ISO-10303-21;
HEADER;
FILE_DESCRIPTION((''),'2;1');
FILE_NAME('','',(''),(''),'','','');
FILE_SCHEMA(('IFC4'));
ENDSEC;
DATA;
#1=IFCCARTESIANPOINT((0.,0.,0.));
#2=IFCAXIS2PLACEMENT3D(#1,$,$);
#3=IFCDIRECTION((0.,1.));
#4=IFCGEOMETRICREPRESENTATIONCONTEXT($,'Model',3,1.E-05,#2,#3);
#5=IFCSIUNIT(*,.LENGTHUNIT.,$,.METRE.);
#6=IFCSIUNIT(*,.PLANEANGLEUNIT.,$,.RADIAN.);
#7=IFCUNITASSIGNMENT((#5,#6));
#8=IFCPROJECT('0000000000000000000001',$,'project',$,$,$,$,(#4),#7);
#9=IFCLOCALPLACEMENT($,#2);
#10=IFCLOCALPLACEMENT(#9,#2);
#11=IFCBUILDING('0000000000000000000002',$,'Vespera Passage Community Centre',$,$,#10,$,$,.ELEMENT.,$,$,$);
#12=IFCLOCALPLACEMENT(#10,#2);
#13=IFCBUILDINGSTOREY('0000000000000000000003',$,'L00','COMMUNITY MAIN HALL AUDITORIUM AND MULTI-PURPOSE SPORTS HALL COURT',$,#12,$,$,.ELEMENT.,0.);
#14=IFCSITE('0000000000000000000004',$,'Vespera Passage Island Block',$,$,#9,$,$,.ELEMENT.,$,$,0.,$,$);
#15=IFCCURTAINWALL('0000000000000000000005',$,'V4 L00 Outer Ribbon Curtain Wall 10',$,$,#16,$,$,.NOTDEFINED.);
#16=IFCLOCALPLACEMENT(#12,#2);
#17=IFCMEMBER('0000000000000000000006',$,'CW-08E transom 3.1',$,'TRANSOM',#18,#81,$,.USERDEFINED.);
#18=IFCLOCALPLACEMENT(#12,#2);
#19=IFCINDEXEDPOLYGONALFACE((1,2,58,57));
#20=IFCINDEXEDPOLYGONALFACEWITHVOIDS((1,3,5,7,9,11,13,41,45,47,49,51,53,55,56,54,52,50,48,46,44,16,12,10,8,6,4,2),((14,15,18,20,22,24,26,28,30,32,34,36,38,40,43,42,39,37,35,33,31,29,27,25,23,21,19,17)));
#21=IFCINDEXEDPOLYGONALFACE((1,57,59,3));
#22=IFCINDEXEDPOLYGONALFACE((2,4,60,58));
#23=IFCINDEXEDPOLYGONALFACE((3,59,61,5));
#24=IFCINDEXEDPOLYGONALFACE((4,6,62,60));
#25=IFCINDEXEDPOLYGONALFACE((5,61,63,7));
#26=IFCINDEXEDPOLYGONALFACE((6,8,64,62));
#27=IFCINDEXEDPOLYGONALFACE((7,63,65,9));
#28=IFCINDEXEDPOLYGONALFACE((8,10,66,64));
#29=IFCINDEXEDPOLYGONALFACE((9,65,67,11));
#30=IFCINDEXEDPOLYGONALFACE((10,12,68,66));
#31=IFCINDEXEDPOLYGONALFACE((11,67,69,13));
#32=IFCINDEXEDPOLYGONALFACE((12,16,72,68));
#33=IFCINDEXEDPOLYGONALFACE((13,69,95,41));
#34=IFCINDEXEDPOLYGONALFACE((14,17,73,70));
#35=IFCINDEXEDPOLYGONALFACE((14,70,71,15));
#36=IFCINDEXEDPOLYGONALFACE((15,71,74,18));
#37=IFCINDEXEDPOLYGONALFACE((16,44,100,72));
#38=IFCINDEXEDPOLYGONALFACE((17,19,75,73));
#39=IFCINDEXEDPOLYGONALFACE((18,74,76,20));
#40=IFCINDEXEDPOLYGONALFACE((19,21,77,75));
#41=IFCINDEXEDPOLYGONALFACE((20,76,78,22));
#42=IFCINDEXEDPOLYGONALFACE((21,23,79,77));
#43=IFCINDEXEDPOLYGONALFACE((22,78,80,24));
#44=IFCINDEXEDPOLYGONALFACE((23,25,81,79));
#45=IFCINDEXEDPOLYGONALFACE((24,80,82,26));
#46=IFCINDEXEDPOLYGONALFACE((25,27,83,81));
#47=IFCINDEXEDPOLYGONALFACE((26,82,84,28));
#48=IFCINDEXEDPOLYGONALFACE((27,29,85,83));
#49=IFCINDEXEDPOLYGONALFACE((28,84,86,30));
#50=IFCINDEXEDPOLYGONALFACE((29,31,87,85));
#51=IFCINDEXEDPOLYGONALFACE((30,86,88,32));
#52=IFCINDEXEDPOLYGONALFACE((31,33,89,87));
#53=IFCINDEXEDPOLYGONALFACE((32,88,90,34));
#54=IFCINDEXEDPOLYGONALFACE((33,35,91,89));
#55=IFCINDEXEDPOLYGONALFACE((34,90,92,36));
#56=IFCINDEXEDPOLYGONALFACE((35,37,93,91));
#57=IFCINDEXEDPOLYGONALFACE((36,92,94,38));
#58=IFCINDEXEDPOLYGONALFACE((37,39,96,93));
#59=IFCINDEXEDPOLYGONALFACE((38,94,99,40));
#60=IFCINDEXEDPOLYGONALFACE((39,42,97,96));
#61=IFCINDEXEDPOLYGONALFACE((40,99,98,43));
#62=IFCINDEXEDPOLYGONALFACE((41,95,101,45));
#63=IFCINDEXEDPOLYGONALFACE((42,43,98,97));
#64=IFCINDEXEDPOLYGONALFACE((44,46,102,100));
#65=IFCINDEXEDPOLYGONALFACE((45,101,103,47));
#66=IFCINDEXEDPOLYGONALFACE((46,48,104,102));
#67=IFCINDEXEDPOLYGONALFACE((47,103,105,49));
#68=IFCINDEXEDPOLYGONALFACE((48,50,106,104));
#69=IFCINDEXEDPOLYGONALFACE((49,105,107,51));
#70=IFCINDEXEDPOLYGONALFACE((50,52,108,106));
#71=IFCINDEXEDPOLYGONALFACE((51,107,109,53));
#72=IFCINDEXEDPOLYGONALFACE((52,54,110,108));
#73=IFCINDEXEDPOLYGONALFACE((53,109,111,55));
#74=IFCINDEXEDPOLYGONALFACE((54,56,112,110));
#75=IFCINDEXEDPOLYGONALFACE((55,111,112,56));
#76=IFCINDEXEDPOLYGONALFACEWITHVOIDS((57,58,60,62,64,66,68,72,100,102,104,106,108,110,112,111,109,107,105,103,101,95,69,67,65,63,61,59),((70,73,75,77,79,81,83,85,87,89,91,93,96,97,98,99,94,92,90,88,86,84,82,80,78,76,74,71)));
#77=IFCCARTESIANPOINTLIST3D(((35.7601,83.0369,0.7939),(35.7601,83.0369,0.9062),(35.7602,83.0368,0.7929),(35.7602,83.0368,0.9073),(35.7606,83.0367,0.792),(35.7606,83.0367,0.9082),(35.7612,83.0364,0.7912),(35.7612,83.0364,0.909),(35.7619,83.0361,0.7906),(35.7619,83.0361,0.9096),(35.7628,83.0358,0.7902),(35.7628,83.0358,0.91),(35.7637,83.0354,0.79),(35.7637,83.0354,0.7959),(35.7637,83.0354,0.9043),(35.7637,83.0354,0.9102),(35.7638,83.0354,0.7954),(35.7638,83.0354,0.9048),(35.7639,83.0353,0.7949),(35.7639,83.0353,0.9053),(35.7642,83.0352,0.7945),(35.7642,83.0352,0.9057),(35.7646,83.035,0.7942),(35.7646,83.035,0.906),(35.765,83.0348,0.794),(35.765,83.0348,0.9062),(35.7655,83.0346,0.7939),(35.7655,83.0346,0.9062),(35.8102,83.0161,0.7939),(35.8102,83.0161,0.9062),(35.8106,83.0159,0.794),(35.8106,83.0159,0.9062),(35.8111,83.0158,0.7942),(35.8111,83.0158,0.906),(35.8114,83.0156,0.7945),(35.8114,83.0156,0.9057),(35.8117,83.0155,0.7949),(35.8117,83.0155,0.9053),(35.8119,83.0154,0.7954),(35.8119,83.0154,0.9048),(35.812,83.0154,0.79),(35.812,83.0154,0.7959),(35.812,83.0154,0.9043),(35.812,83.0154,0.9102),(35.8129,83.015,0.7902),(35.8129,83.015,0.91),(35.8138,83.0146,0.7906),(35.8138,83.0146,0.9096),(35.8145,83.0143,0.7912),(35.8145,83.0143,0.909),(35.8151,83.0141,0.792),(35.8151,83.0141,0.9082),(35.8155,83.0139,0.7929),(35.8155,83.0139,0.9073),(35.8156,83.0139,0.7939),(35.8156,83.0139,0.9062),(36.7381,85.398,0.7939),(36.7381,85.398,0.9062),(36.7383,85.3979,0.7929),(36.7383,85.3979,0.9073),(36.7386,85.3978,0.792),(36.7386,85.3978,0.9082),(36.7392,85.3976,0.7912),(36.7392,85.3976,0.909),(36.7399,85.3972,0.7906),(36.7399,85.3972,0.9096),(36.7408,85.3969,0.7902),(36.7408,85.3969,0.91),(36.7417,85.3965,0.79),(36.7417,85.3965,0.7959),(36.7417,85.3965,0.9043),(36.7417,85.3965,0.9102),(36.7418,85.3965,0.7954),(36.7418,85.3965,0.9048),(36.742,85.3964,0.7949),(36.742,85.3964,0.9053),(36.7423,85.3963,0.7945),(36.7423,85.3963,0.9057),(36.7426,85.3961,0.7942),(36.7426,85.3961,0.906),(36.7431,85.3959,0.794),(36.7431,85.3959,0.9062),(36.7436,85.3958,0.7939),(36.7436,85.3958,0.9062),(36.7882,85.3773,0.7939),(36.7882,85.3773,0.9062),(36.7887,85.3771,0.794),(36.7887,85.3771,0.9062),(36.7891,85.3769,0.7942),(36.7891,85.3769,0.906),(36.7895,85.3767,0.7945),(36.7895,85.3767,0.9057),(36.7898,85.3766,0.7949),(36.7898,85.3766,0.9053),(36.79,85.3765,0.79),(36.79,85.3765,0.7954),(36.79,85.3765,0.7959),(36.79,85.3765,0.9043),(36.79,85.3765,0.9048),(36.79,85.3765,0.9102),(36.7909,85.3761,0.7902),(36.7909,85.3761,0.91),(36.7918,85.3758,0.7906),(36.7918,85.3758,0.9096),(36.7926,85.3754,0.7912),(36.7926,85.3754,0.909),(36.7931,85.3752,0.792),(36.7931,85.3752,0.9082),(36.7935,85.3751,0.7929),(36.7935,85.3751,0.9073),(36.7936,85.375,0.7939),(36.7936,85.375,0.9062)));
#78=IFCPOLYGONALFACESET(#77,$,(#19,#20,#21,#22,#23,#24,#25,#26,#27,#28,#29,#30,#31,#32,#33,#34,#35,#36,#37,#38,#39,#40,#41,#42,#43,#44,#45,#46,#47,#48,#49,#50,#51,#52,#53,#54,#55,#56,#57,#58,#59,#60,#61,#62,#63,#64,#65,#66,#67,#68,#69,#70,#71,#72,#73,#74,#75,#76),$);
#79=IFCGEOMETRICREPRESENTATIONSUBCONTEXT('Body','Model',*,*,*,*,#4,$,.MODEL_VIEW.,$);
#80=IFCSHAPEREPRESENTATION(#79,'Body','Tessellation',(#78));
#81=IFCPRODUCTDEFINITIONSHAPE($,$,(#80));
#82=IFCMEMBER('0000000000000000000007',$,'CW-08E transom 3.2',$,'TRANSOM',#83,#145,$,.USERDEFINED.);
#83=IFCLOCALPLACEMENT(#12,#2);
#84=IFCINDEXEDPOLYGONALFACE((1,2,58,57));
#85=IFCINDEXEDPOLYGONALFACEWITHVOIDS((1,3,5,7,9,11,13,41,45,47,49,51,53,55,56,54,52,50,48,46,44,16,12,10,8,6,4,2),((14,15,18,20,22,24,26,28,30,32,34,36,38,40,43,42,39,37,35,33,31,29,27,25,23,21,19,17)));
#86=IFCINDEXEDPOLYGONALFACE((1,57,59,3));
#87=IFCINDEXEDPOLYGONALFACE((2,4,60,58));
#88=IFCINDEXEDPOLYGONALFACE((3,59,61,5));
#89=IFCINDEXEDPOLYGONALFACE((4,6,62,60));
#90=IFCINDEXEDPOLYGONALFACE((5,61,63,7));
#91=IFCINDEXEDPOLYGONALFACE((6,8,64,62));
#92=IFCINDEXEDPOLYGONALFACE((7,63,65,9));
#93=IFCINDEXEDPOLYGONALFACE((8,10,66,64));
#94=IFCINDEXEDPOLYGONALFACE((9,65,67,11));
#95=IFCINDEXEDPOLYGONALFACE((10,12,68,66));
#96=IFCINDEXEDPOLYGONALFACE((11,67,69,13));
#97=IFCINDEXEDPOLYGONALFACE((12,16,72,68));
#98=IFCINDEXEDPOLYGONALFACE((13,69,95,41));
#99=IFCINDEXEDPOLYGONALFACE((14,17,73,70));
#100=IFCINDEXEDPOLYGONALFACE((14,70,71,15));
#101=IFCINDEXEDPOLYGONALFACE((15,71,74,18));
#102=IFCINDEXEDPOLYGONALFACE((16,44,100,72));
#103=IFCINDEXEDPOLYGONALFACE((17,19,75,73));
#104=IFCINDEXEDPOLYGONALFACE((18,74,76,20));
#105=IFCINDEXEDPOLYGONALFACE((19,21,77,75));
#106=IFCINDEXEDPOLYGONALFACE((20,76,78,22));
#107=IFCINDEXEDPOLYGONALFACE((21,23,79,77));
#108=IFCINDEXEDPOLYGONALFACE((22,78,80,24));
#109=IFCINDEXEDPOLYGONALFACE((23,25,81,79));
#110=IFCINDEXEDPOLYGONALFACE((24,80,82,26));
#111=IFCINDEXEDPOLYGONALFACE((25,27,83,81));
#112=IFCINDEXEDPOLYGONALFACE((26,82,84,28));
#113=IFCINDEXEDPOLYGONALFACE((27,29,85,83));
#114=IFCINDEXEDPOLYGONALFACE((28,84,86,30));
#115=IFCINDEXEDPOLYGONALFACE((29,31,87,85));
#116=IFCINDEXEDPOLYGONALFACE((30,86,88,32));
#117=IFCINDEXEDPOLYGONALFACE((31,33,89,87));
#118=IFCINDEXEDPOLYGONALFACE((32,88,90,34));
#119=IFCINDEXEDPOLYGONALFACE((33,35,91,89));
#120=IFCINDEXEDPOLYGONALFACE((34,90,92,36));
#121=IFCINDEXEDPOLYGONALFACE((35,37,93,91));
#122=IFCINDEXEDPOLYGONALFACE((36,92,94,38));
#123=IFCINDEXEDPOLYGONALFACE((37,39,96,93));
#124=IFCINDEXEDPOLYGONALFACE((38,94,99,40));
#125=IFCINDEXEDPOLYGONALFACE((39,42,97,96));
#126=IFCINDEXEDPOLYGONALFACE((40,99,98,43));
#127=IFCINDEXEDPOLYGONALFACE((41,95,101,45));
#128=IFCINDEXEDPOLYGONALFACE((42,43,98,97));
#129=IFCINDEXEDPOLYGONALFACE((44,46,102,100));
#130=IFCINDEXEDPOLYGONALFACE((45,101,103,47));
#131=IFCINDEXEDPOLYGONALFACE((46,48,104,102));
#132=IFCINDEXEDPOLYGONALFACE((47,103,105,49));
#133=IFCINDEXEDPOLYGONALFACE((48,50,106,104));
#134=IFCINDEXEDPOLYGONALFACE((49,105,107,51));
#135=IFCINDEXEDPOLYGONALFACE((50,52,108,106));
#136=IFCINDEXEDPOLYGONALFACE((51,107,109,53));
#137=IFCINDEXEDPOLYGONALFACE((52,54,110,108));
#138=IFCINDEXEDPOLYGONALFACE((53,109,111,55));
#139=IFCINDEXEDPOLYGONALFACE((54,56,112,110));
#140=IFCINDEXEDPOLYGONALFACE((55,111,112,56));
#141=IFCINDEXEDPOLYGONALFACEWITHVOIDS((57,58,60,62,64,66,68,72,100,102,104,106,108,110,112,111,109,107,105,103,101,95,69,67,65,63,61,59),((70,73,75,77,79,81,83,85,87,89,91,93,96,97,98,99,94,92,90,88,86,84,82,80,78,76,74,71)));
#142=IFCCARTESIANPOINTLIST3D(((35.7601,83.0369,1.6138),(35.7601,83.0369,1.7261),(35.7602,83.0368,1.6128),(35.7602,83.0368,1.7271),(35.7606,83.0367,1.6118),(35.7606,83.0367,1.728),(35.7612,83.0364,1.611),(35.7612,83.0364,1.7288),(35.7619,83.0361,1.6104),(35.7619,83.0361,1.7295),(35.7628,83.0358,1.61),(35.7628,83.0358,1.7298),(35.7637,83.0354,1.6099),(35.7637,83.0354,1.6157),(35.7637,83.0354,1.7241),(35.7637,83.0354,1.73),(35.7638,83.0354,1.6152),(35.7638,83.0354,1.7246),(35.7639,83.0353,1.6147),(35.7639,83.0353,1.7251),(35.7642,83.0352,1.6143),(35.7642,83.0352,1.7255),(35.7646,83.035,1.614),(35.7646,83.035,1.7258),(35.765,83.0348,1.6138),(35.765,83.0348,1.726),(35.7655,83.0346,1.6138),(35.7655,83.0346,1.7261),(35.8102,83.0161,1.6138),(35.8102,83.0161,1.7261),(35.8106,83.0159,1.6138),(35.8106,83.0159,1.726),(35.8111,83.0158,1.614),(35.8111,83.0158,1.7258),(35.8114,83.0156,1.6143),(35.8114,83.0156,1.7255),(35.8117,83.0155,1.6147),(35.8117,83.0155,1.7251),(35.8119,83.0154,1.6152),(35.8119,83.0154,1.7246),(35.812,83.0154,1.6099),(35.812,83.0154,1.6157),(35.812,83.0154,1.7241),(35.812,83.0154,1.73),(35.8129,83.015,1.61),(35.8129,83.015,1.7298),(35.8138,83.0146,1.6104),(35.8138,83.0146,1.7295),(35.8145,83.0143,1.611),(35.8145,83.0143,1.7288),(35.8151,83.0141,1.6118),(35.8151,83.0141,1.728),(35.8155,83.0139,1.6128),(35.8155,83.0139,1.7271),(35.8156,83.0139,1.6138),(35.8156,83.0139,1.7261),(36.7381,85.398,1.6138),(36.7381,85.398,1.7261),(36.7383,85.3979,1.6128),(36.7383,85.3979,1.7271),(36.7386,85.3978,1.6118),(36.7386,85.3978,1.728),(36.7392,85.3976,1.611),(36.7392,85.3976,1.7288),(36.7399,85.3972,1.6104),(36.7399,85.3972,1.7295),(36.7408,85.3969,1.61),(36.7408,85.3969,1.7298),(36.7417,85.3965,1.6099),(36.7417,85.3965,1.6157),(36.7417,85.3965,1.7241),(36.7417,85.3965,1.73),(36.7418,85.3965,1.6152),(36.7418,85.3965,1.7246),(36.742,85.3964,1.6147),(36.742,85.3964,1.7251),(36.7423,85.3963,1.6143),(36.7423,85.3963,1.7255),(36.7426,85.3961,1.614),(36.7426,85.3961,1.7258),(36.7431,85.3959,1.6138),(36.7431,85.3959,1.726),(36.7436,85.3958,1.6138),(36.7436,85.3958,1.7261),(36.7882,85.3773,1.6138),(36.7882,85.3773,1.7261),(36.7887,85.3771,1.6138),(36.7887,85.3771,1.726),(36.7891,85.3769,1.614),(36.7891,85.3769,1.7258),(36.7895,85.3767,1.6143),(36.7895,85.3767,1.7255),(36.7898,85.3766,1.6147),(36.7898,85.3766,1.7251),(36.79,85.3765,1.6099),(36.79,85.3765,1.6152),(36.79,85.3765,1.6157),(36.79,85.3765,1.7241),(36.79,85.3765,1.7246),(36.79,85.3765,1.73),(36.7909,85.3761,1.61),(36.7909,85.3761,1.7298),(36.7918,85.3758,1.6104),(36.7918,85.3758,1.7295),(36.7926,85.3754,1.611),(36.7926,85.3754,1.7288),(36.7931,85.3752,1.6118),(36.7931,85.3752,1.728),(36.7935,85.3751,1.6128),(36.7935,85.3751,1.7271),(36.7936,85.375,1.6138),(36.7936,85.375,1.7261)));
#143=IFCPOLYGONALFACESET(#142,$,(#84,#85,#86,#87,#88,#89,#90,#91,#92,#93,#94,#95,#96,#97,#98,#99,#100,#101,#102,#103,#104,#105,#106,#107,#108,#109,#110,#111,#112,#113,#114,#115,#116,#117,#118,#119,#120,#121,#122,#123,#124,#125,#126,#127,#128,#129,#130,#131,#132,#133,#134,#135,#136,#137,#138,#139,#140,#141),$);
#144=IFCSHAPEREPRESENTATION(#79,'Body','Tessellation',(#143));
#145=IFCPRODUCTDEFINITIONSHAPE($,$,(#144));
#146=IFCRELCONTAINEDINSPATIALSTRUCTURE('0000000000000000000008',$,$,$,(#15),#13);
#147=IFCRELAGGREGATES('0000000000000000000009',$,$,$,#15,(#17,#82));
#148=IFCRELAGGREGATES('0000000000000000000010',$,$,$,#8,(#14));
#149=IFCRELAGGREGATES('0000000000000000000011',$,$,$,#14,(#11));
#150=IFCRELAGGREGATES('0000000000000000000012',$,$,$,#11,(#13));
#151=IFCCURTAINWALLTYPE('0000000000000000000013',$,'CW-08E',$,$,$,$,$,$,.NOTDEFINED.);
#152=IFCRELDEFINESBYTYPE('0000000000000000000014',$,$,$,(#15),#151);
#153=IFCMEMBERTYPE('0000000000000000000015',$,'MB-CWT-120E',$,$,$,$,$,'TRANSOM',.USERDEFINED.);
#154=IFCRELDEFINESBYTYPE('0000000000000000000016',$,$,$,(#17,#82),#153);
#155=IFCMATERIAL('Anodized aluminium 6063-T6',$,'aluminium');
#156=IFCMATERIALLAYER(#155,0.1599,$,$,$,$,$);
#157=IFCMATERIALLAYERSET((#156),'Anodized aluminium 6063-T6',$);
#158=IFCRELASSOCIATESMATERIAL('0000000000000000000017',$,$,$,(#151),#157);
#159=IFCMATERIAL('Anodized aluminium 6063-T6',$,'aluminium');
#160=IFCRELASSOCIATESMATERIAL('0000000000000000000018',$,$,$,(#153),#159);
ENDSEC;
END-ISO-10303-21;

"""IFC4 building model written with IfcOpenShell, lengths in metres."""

from ifc_helpers import new_model, si_unit, direction, frame, origin, origin_2d, place, context, subcontext, project, spatial, hollow_rectangle, extrude, material, layer, layer_set, material_profile, profile_set, type_object, element, aggregate, save


model = new_model("IFC4")

# Units and contexts
model_context = context("Model", 3, precision=1e-05, world=origin(), true_north=direction((0.0, 1.0)))
body_context = subcontext(model_context, "Body", "Model", "MODEL_VIEW")
ifc_project = project(units=[si_unit("LENGTHUNIT", "METRE"), si_unit("PLANEANGLEUNIT", "RADIAN")], contexts=[model_context])

# Site, building, storey
site_placement = place(None, origin())
site = spatial("IfcSite", under=ifc_project, at=site_placement, Name="Vespera Passage Island Block", CompositionType="ELEMENT", RefElevation=0.0)
building_placement = place(site_placement, origin())
building = spatial("IfcBuilding", under=site, at=building_placement, Name="Vespera Passage Community Centre", CompositionType="ELEMENT")
storey_placement = place(building_placement, origin())
storey = spatial("IfcBuildingStorey", under=building, at=storey_placement, Name="L00", Description="COMMUNITY MAIN HALL AUDITORIUM AND MULTI-PURPOSE SPORTS HALL COURT", CompositionType="ELEMENT", Elevation=0.0)

# Curtain wall
ifc_material_1 = material(Name="Anodized aluminium 6063-T6", Category="aluminium")
ifc_layer_1 = layer(ifc_material_1, 0.1599)
ifc_layer_set_1 = layer_set([ifc_layer_1], Name="Anodized aluminium 6063-T6")
curtain_wall_type_1 = type_object("IfcCurtainWallType", Name="CW-08E", PredefinedType="NOTDEFINED", material=ifc_layer_set_1)
curtain_wall_1_placement = place(storey_placement, origin())
curtain_wall_1 = element("IfcCurtainWall", 1, at=curtain_wall_1_placement, inside=storey, type_object=curtain_wall_type_1, Name="V4 L00 Outer Ribbon Curtain Wall 10", PredefinedType="NOTDEFINED")

# Members
ifc_material_2 = material(Name="Anodized aluminium 6063-T6", Category="aluminium")
ifc_material_profile_1 = material_profile(ifc_material_2, hollow_rectangle(XDim=0.0601, YDim=0.1201, WallThickness=0.0039, InnerFilletRadius=0.002, OuterFilletRadius=0.0039, at=origin_2d()), Name="ALU120X60X4")
ifc_profile_set_1 = profile_set([ifc_material_profile_1], Name="Anodized aluminium 6063-T6")
member_type_1 = type_object("IfcMemberType", Name="MB-CWT-120E", ElementType="TRANSOM", PredefinedType="USERDEFINED", material=ifc_profile_set_1)
member_1_placement = place(storey_placement, frame((35.7878, 83.0254, 0.8501), z_axis=(0.382695, 0.923875, 0.0), x_axis=(-0.923875, 0.382695, 0.0)))
member_1 = element("IfcMember", 2, at=member_1_placement, type_object=member_type_1, Name="CW-08E transom 3.1", ObjectType="TRANSOM", PredefinedType="USERDEFINED", context=body_context, shape_type="SweptSolid", body=[
    extrude(hollow_rectangle(XDim=0.0601, YDim=0.1201, WallThickness=0.0039, InnerFilletRadius=0.002, OuterFilletRadius=0.0039, at=origin_2d()), origin(), (0.0, 0.0, 1.0), 2.5557),
])
member_2_placement = place(storey_placement, frame((35.7878, 83.0254, 1.6699), z_axis=(0.382695, 0.923875, 0.0), x_axis=(-0.923875, 0.382695, 0.0)))
member_2 = element("IfcMember", 3, at=member_2_placement, type_object=member_type_1, Name="CW-08E transom 3.2", ObjectType="TRANSOM", PredefinedType="USERDEFINED", context=body_context, shape_type="SweptSolid", body=[
    extrude(hollow_rectangle(XDim=0.0601, YDim=0.1201, WallThickness=0.0039, InnerFilletRadius=0.002, OuterFilletRadius=0.0039, at=origin_2d()), origin(), (0.0, 0.0, 1.0), 2.5557),
])

aggregate(curtain_wall_1, [member_1, member_2])

save(model, "model.ifc")
